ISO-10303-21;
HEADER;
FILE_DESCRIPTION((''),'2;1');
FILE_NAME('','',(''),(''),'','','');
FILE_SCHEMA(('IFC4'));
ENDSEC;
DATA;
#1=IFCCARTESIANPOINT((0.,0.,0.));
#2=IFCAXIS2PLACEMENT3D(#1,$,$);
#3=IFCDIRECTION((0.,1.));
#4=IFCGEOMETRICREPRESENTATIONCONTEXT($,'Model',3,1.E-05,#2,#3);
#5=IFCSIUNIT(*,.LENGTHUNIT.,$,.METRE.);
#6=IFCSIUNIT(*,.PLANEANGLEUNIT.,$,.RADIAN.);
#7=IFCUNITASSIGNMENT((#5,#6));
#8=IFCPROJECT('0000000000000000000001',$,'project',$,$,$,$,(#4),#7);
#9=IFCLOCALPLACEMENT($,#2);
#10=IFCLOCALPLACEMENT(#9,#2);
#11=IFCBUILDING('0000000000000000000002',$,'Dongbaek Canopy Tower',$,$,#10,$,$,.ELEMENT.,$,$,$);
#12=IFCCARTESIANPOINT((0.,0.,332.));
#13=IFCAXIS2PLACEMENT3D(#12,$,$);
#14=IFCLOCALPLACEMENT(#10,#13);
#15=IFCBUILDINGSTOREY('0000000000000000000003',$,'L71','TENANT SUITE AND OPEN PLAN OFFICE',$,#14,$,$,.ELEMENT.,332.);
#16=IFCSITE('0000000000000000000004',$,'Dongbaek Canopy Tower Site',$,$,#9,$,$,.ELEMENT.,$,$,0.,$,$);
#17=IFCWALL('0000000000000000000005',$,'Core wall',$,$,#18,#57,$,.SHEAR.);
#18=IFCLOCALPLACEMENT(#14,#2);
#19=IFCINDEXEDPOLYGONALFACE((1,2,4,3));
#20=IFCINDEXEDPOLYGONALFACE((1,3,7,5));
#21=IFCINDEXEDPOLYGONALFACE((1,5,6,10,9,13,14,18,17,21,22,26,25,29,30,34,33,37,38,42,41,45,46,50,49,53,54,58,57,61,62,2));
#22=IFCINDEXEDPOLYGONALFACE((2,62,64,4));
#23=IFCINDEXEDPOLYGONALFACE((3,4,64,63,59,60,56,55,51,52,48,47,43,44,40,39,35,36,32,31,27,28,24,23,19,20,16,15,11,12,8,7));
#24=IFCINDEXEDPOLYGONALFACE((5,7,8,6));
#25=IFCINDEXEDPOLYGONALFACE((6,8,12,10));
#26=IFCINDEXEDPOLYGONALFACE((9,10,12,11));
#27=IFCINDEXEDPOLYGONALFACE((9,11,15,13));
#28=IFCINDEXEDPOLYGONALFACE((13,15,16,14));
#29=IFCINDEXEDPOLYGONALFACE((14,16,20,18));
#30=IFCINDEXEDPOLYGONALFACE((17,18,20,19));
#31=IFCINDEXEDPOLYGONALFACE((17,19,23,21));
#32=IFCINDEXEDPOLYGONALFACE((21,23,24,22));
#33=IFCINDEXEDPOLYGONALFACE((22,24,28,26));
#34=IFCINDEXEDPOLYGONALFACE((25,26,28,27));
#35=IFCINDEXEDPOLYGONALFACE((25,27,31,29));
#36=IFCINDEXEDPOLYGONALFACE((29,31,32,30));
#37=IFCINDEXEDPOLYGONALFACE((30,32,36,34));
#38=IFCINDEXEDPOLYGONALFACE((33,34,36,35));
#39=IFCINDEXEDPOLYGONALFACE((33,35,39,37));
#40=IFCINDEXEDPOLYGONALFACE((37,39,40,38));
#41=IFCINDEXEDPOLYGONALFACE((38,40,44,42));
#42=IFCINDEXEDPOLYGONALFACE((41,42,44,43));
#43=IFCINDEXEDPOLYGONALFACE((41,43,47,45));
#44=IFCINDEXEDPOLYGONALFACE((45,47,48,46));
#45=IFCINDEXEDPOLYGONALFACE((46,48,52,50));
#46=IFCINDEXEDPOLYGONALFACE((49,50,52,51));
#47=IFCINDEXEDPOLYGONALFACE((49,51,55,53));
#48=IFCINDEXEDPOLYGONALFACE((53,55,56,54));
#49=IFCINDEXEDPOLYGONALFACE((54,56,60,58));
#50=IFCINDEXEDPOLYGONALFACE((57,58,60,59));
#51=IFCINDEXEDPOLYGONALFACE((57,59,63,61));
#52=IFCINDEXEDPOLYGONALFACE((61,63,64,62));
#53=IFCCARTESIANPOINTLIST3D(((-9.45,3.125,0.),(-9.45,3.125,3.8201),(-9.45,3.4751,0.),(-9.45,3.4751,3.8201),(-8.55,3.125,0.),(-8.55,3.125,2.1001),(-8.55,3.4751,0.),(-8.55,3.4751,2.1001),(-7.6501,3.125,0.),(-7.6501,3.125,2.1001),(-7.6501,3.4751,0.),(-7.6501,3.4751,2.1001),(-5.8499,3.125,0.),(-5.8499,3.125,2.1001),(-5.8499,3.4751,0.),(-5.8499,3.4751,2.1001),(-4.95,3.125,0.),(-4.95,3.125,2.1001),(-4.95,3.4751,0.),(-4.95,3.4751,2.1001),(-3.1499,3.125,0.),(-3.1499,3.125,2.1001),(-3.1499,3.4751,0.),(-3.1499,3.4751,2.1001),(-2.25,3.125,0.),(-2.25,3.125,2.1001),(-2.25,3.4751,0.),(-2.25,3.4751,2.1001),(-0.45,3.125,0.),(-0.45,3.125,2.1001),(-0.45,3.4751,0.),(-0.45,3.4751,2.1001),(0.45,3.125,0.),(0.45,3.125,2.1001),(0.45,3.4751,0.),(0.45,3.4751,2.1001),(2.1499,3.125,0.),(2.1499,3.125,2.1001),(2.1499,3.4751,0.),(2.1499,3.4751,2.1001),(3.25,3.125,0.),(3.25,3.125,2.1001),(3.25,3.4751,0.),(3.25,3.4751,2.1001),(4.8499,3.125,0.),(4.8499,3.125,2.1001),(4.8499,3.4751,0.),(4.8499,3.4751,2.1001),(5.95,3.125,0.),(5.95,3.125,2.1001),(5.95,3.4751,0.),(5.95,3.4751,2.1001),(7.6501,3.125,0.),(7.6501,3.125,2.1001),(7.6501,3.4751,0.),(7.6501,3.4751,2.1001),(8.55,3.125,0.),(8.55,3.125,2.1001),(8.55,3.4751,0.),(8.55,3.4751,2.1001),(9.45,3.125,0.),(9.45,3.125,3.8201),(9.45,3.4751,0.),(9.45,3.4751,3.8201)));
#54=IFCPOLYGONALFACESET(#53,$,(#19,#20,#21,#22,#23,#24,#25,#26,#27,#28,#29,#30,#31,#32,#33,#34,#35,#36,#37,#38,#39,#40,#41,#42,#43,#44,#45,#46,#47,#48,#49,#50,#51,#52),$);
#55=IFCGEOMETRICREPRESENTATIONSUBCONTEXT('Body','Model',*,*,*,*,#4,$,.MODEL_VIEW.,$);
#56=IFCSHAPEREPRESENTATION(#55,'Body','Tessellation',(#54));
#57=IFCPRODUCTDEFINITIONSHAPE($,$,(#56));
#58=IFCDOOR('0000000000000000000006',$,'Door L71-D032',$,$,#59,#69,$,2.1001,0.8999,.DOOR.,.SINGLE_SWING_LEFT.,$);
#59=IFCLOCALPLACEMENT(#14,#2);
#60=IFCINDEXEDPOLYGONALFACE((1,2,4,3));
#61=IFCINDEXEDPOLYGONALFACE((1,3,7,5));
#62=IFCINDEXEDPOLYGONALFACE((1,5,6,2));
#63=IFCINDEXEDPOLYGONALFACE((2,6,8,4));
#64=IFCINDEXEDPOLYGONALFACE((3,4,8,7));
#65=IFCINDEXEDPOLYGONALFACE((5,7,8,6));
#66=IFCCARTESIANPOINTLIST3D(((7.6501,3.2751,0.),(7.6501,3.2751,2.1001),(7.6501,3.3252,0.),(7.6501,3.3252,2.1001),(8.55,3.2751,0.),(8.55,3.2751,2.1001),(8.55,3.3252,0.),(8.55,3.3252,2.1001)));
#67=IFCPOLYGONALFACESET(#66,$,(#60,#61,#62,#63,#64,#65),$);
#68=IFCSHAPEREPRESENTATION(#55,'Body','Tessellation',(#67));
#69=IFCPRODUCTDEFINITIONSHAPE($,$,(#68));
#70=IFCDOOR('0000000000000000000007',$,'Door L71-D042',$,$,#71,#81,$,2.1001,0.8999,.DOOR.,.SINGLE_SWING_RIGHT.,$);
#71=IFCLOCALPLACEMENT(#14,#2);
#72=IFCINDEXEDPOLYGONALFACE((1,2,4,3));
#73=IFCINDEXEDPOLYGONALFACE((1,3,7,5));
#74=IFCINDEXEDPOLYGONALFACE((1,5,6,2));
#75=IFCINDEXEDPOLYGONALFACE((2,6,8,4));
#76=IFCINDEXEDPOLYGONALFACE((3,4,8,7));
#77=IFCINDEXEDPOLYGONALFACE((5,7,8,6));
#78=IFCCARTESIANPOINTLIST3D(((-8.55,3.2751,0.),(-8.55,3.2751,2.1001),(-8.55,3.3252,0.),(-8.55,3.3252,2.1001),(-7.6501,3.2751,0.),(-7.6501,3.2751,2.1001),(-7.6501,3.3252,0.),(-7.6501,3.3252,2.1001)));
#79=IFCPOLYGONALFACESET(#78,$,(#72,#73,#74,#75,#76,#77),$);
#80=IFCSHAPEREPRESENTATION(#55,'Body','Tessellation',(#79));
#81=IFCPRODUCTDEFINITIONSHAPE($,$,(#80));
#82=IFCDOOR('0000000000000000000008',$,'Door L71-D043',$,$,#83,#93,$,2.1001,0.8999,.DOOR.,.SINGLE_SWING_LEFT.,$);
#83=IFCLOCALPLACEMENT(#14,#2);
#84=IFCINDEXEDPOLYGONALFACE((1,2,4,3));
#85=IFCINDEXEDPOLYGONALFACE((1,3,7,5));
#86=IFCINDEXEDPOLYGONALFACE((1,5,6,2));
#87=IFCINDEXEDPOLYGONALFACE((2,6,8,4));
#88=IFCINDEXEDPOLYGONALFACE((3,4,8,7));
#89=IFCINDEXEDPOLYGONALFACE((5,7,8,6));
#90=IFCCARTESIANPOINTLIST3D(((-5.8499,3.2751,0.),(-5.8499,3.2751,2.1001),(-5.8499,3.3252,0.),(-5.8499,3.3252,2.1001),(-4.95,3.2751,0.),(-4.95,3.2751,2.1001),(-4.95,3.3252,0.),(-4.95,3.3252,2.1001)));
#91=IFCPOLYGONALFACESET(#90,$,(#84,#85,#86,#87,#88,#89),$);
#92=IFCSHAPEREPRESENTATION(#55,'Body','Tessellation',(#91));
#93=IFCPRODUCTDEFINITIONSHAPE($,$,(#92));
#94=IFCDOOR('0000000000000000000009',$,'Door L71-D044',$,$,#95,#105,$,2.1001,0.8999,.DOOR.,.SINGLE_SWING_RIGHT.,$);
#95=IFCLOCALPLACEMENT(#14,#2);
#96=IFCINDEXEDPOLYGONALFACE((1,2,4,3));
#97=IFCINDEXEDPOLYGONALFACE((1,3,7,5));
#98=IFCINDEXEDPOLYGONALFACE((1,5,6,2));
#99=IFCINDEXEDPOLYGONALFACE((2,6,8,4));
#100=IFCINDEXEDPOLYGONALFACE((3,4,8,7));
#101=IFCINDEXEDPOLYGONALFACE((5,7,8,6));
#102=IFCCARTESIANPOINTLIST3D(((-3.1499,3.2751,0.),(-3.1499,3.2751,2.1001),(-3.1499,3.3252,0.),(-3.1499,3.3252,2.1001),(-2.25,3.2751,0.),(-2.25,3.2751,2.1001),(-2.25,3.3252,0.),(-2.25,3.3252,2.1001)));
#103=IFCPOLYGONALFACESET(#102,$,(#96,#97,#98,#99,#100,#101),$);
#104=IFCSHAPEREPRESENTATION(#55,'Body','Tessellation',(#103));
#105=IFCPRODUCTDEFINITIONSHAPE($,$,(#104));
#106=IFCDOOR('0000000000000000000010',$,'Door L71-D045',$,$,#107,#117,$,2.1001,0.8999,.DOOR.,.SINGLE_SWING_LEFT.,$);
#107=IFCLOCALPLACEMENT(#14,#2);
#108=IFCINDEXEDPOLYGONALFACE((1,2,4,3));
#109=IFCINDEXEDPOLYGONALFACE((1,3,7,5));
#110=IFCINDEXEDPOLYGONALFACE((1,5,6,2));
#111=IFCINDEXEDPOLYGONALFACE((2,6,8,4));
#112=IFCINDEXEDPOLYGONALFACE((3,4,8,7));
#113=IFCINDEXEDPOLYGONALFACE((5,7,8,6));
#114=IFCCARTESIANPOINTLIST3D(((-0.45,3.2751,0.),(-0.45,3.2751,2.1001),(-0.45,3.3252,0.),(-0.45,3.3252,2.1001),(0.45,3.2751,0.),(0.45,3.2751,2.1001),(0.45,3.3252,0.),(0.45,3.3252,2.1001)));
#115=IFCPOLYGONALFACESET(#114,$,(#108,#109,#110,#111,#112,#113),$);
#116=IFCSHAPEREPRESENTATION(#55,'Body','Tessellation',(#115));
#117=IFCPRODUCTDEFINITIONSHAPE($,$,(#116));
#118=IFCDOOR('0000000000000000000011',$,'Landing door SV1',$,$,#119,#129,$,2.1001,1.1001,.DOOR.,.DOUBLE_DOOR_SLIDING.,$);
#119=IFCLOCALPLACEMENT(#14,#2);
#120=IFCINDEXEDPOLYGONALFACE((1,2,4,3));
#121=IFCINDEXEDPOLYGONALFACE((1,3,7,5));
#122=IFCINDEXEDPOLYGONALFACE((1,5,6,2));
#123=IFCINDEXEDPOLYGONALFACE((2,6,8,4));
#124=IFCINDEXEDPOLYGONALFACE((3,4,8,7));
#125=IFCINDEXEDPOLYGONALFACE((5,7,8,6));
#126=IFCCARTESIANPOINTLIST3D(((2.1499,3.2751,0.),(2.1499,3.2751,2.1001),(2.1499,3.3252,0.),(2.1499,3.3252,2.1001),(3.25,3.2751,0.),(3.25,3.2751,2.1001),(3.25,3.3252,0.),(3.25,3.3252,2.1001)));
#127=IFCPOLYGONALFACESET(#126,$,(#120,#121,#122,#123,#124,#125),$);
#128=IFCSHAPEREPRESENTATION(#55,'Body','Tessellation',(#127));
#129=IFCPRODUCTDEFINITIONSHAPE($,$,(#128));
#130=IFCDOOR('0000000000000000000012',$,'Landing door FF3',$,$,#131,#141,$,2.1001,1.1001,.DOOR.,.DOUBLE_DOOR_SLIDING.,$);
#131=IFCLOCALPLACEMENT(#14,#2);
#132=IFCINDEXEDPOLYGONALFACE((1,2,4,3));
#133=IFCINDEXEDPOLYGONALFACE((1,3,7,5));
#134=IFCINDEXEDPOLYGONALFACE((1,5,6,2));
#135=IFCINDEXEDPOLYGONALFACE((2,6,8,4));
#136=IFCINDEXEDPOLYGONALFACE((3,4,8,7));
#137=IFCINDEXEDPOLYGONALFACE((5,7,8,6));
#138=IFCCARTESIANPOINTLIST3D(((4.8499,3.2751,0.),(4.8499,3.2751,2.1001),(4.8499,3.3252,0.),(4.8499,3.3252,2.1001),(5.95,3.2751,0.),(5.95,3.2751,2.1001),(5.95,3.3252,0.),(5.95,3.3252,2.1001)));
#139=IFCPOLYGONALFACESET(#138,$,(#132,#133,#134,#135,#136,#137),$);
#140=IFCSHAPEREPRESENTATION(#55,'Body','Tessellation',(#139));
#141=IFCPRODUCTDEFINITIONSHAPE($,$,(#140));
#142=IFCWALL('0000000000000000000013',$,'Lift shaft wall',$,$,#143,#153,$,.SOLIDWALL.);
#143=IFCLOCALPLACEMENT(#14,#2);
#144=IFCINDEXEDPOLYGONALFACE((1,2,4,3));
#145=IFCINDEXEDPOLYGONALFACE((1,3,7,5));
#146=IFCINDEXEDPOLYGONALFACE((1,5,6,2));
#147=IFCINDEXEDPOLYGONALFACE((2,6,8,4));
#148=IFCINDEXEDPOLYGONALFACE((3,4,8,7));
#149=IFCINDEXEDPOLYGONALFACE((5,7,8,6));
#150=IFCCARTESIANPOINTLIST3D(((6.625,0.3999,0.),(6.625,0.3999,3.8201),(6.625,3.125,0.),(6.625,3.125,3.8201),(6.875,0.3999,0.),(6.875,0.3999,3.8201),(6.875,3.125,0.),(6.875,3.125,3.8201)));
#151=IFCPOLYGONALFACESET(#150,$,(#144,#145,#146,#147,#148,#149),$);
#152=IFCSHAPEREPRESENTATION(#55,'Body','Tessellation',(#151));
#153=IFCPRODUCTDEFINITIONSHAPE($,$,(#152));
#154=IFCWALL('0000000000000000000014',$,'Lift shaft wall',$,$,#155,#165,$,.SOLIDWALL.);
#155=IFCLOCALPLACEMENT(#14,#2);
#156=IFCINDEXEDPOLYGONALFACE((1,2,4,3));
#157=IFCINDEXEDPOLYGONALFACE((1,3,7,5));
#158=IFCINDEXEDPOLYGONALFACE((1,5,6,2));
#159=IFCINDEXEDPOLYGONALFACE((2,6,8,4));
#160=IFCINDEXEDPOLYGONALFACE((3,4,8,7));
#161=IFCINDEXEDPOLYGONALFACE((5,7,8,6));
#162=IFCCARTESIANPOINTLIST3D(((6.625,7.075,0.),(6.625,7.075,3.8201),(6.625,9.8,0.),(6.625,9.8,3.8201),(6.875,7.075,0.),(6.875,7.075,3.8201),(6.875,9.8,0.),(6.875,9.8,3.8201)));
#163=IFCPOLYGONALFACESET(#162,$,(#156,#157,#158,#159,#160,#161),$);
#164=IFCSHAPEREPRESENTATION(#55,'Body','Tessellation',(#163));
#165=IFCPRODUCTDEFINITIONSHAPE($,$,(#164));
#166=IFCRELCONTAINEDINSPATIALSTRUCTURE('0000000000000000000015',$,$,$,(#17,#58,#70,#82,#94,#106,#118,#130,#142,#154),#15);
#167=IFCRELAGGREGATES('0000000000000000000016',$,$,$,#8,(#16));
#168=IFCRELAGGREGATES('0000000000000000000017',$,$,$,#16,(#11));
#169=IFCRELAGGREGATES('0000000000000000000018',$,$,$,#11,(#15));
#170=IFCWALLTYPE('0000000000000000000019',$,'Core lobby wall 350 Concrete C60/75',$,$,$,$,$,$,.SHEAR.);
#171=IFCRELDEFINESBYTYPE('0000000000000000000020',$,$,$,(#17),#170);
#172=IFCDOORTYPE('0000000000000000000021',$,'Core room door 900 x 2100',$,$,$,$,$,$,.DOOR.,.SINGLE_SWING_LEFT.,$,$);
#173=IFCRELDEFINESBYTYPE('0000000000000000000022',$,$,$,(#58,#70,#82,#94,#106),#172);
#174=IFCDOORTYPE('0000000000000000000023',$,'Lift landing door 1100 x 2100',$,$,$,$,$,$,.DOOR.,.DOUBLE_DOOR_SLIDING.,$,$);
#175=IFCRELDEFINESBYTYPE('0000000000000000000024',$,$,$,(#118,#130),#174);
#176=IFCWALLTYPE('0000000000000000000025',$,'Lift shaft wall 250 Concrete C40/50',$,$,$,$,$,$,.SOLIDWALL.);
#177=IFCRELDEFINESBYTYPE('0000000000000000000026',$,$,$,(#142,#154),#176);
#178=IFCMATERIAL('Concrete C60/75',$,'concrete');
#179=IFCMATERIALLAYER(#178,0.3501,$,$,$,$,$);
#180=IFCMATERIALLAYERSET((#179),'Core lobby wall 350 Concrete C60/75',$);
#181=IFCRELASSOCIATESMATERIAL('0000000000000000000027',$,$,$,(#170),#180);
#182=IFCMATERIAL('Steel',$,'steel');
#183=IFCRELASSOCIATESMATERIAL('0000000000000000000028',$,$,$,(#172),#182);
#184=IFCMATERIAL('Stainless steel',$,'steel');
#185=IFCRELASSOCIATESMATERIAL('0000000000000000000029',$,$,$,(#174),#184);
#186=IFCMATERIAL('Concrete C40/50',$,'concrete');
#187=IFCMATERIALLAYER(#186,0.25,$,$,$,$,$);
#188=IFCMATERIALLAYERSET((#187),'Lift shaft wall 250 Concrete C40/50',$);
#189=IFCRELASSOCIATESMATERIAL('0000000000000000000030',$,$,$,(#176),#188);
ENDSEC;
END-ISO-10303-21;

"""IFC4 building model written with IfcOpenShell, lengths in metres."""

from ifc_helpers import new_model, si_unit, direction, frame, frame_2d, origin, place, context, subcontext, project, spatial, rectangle, extrude, material, layer, layer_set, type_object, element, fill, save


model = new_model("IFC4")

# Units and contexts
model_context = context("Model", 3, precision=1e-05, world=origin(), true_north=direction((0.0, 1.0)))
body_context = subcontext(model_context, "Body", "Model", "MODEL_VIEW")
ifc_project = project(units=[si_unit("LENGTHUNIT", "METRE"), si_unit("PLANEANGLEUNIT", "RADIAN")], contexts=[model_context])

# Site, building, storey
site_placement = place(None, origin())
site = spatial("IfcSite", under=ifc_project, at=site_placement, Name="Dongbaek Canopy Tower Site", CompositionType="ELEMENT", RefElevation=0.0)
building_placement = place(site_placement, origin())
building = spatial("IfcBuilding", under=site, at=building_placement, Name="Dongbaek Canopy Tower", CompositionType="ELEMENT")
storey_placement = place(building_placement, frame((0.0, 0.0, 332.0)))
storey = spatial("IfcBuildingStorey", under=building, at=storey_placement, Name="L71", Description="TENANT SUITE AND OPEN PLAN OFFICE", CompositionType="ELEMENT", Elevation=332.0)

# Wall, openings, doors
ifc_material_1 = material(Name="Concrete C60/75", Category="concrete")
ifc_layer_1 = layer(ifc_material_1, 0.3501)
ifc_layer_set_1 = layer_set([ifc_layer_1], Name="Core lobby wall 350 Concrete C60/75")
wall_type_1 = type_object("IfcWallType", Name="Core lobby wall 350 Concrete C60/75", PredefinedType="SHEAR", material=ifc_layer_set_1)
wall_1_placement = place(storey_placement, frame((9.45, 3.3, 0.0), z_axis=(0.0, 0.0, 1.0), x_axis=(-1.0, 0.0, 0.0)))
wall_1 = element("IfcWall", 1, at=wall_1_placement, inside=storey, type_object=wall_type_1, Name="Core wall", PredefinedType="SHEAR", context=body_context, shape_type="SweptSolid", body=[
    extrude(rectangle(XDim=18.8999, YDim=0.3501, at=frame_2d((9.45, 0.0))), origin(), (0.0, 0.0, 1.0), 3.8201),
])
opening_1_placement = place(wall_1_placement, frame((6.2, 0.0, 0.0)))
opening_1 = element("IfcOpeningElement", 2, at=opening_1_placement, cuts=wall_1, PredefinedType="OPENING", context=body_context, shape_type="SweptSolid", body=[
    extrude(rectangle(XDim=1.1001, YDim=2.1001, at=frame_2d((0.55, 1.05))), frame((0.0, 0.1851, 0.0), z_axis=(0.0, -1.0, 0.0), x_axis=(1.0, 0.0, 0.0)), (0.0, 0.0, 1.0), 0.3701),
])
opening_2_placement = place(wall_1_placement, frame((3.5, 0.0, 0.0)))
opening_2 = element("IfcOpeningElement", 3, at=opening_2_placement, cuts=wall_1, PredefinedType="OPENING", context=body_context, shape_type="SweptSolid", body=[
    extrude(rectangle(XDim=1.1001, YDim=2.1001, at=frame_2d((0.55, 1.05))), frame((0.0, 0.1851, 0.0), z_axis=(0.0, -1.0, 0.0), x_axis=(1.0, 0.0, 0.0)), (0.0, 0.0, 1.0), 0.3701),
])
opening_3_placement = place(wall_1_placement, frame((0.8999, 0.0, 0.0)))
opening_3 = element("IfcOpeningElement", 4, at=opening_3_placement, cuts=wall_1, PredefinedType="OPENING", context=body_context, shape_type="SweptSolid", body=[
    extrude(rectangle(XDim=0.8999, YDim=2.1001, at=frame_2d((0.45, 1.05))), frame((0.0, 0.1851, 0.0), z_axis=(0.0, -1.0, 0.0), x_axis=(1.0, 0.0, 0.0)), (0.0, 0.0, 1.0), 0.3701),
])
opening_4_placement = place(wall_1_placement, frame((17.1001, 0.0, 0.0)))
opening_4 = element("IfcOpeningElement", 5, at=opening_4_placement, cuts=wall_1, PredefinedType="OPENING", context=body_context, shape_type="SweptSolid", body=[
    extrude(rectangle(XDim=0.8999, YDim=2.1001, at=frame_2d((0.45, 1.05))), frame((0.0, 0.1851, 0.0), z_axis=(0.0, -1.0, 0.0), x_axis=(1.0, 0.0, 0.0)), (0.0, 0.0, 1.0), 0.3701),
])
opening_5_placement = place(wall_1_placement, frame((14.3999, 0.0, 0.0)))
opening_5 = element("IfcOpeningElement", 6, at=opening_5_placement, cuts=wall_1, PredefinedType="OPENING", context=body_context, shape_type="SweptSolid", body=[
    extrude(rectangle(XDim=0.8999, YDim=2.1001, at=frame_2d((0.45, 1.05))), frame((0.0, 0.1851, 0.0), z_axis=(0.0, -1.0, 0.0), x_axis=(1.0, 0.0, 0.0)), (0.0, 0.0, 1.0), 0.3701),
])
opening_6_placement = place(wall_1_placement, frame((11.7, 0.0, 0.0)))
opening_6 = element("IfcOpeningElement", 7, at=opening_6_placement, cuts=wall_1, PredefinedType="OPENING", context=body_context, shape_type="SweptSolid", body=[
    extrude(rectangle(XDim=0.8999, YDim=2.1001, at=frame_2d((0.45, 1.05))), frame((0.0, 0.1851, 0.0), z_axis=(0.0, -1.0, 0.0), x_axis=(1.0, 0.0, 0.0)), (0.0, 0.0, 1.0), 0.3701),
])
opening_7_placement = place(wall_1_placement, frame((9.0, 0.0, 0.0)))
opening_7 = element("IfcOpeningElement", 8, at=opening_7_placement, cuts=wall_1, PredefinedType="OPENING", context=body_context, shape_type="SweptSolid", body=[
    extrude(rectangle(XDim=0.8999, YDim=2.1001, at=frame_2d((0.45, 1.05))), frame((0.0, 0.1851, 0.0), z_axis=(0.0, -1.0, 0.0), x_axis=(1.0, 0.0, 0.0)), (0.0, 0.0, 1.0), 0.3701),
])
ifc_material_2 = material(Name="Steel", Category="steel")
door_type_1 = type_object("IfcDoorType", Name="Core room door 900 x 2100", OperationType="SINGLE_SWING_LEFT", PredefinedType="DOOR", material=ifc_material_2)
door_1_placement = place(opening_3_placement, origin())
door_1 = element("IfcDoor", 9, at=door_1_placement, inside=storey, type_object=door_type_1, Name="Door L71-D032", OperationType="SINGLE_SWING_LEFT", OverallHeight=2.1001, OverallWidth=0.8999, PredefinedType="DOOR", context=body_context, shape_type="SweptSolid", body=[
    extrude(rectangle(XDim=0.8999, YDim=2.1001, at=frame_2d((0.45, 1.05))), frame((0.0, 0.0249, 0.0), z_axis=(0.0, -1.0, 0.0), x_axis=(1.0, 0.0, 0.0)), (0.0, 0.0, 1.0), 0.05),
])
fill(opening_3, door_1)
door_2_placement = place(opening_4_placement, origin())
door_2 = element("IfcDoor", 10, at=door_2_placement, inside=storey, type_object=door_type_1, Name="Door L71-D042", OperationType="SINGLE_SWING_RIGHT", OverallHeight=2.1001, OverallWidth=0.8999, PredefinedType="DOOR", context=body_context, shape_type="SweptSolid", body=[
    extrude(rectangle(XDim=0.8999, YDim=2.1001, at=frame_2d((0.45, 1.05))), frame((0.0, 0.0249, 0.0), z_axis=(0.0, -1.0, 0.0), x_axis=(1.0, 0.0, 0.0)), (0.0, 0.0, 1.0), 0.05),
])
fill(opening_4, door_2)
door_3_placement = place(opening_5_placement, origin())
door_3 = element("IfcDoor", 11, at=door_3_placement, inside=storey, type_object=door_type_1, Name="Door L71-D043", OperationType="SINGLE_SWING_LEFT", OverallHeight=2.1001, OverallWidth=0.8999, PredefinedType="DOOR", context=body_context, shape_type="SweptSolid", body=[
    extrude(rectangle(XDim=0.8999, YDim=2.1001, at=frame_2d((0.45, 1.05))), frame((0.0, 0.0249, 0.0), z_axis=(0.0, -1.0, 0.0), x_axis=(1.0, 0.0, 0.0)), (0.0, 0.0, 1.0), 0.05),
])
fill(opening_5, door_3)
door_4_placement = place(opening_6_placement, origin())
door_4 = element("IfcDoor", 12, at=door_4_placement, inside=storey, type_object=door_type_1, Name="Door L71-D044", OperationType="SINGLE_SWING_RIGHT", OverallHeight=2.1001, OverallWidth=0.8999, PredefinedType="DOOR", context=body_context, shape_type="SweptSolid", body=[
    extrude(rectangle(XDim=0.8999, YDim=2.1001, at=frame_2d((0.45, 1.05))), frame((0.0, 0.0249, 0.0), z_axis=(0.0, -1.0, 0.0), x_axis=(1.0, 0.0, 0.0)), (0.0, 0.0, 1.0), 0.05),
])
fill(opening_6, door_4)
door_5_placement = place(opening_7_placement, origin())
door_5 = element("IfcDoor", 13, at=door_5_placement, inside=storey, type_object=door_type_1, Name="Door L71-D045", OperationType="SINGLE_SWING_LEFT", OverallHeight=2.1001, OverallWidth=0.8999, PredefinedType="DOOR", context=body_context, shape_type="SweptSolid", body=[
    extrude(rectangle(XDim=0.8999, YDim=2.1001, at=frame_2d((0.45, 1.05))), frame((0.0, 0.0249, 0.0), z_axis=(0.0, -1.0, 0.0), x_axis=(1.0, 0.0, 0.0)), (0.0, 0.0, 1.0), 0.05),
])
fill(opening_7, door_5)
ifc_material_3 = material(Name="Stainless steel", Category="steel")
door_type_2 = type_object("IfcDoorType", Name="Lift landing door 1100 x 2100", OperationType="DOUBLE_DOOR_SLIDING", PredefinedType="DOOR", material=ifc_material_3)
door_6_placement = place(opening_1_placement, origin())
door_6 = element("IfcDoor", 14, at=door_6_placement, inside=storey, type_object=door_type_2, Name="Landing door SV1", OperationType="DOUBLE_DOOR_SLIDING", OverallHeight=2.1001, OverallWidth=1.1001, PredefinedType="DOOR", context=body_context, shape_type="SweptSolid", body=[
    extrude(rectangle(XDim=1.1001, YDim=2.1001, at=frame_2d((0.55, 1.05))), frame((0.0, 0.0249, 0.0), z_axis=(0.0, -1.0, 0.0), x_axis=(1.0, 0.0, 0.0)), (0.0, 0.0, 1.0), 0.05),
])
fill(opening_1, door_6)
door_7_placement = place(opening_2_placement, origin())
door_7 = element("IfcDoor", 15, at=door_7_placement, inside=storey, type_object=door_type_2, Name="Landing door FF3", OperationType="DOUBLE_DOOR_SLIDING", OverallHeight=2.1001, OverallWidth=1.1001, PredefinedType="DOOR", context=body_context, shape_type="SweptSolid", body=[
    extrude(rectangle(XDim=1.1001, YDim=2.1001, at=frame_2d((0.55, 1.05))), frame((0.0, 0.0249, 0.0), z_axis=(0.0, -1.0, 0.0), x_axis=(1.0, 0.0, 0.0)), (0.0, 0.0, 1.0), 0.05),
])
fill(opening_2, door_7)

# Walls
ifc_material_4 = material(Name="Concrete C40/50", Category="concrete")
ifc_layer_2 = layer(ifc_material_4, 0.25)
ifc_layer_set_2 = layer_set([ifc_layer_2], Name="Lift shaft wall 250 Concrete C40/50")
wall_type_2 = type_object("IfcWallType", Name="Lift shaft wall 250 Concrete C40/50", PredefinedType="SOLIDWALL", material=ifc_layer_set_2)
for number, where, z_axis, x_axis, name in (
    (16, (6.75, 0.3999, 0.0), (0.0, 0.0, 1.0), (0.0, 1.0, 0.0), "Lift shaft wall"),
    (17, (6.75, 7.075, 0.0), (0.0, 0.0, 1.0), (0.0, 1.0, 0.0), "Lift shaft wall"),
):
    element("IfcWall", number, at=place(storey_placement, frame(where, z_axis=z_axis, x_axis=x_axis)), inside=storey, type_object=wall_type_2, Name=name, PredefinedType="SOLIDWALL", context=body_context, shape_type="SweptSolid", body=[
        extrude(rectangle(XDim=2.7251, YDim=0.25, at=frame_2d((1.3625, 0.0))), origin(), (0.0, 0.0, 1.0), 3.8201),
    ])

save(model, "model.ifc")
